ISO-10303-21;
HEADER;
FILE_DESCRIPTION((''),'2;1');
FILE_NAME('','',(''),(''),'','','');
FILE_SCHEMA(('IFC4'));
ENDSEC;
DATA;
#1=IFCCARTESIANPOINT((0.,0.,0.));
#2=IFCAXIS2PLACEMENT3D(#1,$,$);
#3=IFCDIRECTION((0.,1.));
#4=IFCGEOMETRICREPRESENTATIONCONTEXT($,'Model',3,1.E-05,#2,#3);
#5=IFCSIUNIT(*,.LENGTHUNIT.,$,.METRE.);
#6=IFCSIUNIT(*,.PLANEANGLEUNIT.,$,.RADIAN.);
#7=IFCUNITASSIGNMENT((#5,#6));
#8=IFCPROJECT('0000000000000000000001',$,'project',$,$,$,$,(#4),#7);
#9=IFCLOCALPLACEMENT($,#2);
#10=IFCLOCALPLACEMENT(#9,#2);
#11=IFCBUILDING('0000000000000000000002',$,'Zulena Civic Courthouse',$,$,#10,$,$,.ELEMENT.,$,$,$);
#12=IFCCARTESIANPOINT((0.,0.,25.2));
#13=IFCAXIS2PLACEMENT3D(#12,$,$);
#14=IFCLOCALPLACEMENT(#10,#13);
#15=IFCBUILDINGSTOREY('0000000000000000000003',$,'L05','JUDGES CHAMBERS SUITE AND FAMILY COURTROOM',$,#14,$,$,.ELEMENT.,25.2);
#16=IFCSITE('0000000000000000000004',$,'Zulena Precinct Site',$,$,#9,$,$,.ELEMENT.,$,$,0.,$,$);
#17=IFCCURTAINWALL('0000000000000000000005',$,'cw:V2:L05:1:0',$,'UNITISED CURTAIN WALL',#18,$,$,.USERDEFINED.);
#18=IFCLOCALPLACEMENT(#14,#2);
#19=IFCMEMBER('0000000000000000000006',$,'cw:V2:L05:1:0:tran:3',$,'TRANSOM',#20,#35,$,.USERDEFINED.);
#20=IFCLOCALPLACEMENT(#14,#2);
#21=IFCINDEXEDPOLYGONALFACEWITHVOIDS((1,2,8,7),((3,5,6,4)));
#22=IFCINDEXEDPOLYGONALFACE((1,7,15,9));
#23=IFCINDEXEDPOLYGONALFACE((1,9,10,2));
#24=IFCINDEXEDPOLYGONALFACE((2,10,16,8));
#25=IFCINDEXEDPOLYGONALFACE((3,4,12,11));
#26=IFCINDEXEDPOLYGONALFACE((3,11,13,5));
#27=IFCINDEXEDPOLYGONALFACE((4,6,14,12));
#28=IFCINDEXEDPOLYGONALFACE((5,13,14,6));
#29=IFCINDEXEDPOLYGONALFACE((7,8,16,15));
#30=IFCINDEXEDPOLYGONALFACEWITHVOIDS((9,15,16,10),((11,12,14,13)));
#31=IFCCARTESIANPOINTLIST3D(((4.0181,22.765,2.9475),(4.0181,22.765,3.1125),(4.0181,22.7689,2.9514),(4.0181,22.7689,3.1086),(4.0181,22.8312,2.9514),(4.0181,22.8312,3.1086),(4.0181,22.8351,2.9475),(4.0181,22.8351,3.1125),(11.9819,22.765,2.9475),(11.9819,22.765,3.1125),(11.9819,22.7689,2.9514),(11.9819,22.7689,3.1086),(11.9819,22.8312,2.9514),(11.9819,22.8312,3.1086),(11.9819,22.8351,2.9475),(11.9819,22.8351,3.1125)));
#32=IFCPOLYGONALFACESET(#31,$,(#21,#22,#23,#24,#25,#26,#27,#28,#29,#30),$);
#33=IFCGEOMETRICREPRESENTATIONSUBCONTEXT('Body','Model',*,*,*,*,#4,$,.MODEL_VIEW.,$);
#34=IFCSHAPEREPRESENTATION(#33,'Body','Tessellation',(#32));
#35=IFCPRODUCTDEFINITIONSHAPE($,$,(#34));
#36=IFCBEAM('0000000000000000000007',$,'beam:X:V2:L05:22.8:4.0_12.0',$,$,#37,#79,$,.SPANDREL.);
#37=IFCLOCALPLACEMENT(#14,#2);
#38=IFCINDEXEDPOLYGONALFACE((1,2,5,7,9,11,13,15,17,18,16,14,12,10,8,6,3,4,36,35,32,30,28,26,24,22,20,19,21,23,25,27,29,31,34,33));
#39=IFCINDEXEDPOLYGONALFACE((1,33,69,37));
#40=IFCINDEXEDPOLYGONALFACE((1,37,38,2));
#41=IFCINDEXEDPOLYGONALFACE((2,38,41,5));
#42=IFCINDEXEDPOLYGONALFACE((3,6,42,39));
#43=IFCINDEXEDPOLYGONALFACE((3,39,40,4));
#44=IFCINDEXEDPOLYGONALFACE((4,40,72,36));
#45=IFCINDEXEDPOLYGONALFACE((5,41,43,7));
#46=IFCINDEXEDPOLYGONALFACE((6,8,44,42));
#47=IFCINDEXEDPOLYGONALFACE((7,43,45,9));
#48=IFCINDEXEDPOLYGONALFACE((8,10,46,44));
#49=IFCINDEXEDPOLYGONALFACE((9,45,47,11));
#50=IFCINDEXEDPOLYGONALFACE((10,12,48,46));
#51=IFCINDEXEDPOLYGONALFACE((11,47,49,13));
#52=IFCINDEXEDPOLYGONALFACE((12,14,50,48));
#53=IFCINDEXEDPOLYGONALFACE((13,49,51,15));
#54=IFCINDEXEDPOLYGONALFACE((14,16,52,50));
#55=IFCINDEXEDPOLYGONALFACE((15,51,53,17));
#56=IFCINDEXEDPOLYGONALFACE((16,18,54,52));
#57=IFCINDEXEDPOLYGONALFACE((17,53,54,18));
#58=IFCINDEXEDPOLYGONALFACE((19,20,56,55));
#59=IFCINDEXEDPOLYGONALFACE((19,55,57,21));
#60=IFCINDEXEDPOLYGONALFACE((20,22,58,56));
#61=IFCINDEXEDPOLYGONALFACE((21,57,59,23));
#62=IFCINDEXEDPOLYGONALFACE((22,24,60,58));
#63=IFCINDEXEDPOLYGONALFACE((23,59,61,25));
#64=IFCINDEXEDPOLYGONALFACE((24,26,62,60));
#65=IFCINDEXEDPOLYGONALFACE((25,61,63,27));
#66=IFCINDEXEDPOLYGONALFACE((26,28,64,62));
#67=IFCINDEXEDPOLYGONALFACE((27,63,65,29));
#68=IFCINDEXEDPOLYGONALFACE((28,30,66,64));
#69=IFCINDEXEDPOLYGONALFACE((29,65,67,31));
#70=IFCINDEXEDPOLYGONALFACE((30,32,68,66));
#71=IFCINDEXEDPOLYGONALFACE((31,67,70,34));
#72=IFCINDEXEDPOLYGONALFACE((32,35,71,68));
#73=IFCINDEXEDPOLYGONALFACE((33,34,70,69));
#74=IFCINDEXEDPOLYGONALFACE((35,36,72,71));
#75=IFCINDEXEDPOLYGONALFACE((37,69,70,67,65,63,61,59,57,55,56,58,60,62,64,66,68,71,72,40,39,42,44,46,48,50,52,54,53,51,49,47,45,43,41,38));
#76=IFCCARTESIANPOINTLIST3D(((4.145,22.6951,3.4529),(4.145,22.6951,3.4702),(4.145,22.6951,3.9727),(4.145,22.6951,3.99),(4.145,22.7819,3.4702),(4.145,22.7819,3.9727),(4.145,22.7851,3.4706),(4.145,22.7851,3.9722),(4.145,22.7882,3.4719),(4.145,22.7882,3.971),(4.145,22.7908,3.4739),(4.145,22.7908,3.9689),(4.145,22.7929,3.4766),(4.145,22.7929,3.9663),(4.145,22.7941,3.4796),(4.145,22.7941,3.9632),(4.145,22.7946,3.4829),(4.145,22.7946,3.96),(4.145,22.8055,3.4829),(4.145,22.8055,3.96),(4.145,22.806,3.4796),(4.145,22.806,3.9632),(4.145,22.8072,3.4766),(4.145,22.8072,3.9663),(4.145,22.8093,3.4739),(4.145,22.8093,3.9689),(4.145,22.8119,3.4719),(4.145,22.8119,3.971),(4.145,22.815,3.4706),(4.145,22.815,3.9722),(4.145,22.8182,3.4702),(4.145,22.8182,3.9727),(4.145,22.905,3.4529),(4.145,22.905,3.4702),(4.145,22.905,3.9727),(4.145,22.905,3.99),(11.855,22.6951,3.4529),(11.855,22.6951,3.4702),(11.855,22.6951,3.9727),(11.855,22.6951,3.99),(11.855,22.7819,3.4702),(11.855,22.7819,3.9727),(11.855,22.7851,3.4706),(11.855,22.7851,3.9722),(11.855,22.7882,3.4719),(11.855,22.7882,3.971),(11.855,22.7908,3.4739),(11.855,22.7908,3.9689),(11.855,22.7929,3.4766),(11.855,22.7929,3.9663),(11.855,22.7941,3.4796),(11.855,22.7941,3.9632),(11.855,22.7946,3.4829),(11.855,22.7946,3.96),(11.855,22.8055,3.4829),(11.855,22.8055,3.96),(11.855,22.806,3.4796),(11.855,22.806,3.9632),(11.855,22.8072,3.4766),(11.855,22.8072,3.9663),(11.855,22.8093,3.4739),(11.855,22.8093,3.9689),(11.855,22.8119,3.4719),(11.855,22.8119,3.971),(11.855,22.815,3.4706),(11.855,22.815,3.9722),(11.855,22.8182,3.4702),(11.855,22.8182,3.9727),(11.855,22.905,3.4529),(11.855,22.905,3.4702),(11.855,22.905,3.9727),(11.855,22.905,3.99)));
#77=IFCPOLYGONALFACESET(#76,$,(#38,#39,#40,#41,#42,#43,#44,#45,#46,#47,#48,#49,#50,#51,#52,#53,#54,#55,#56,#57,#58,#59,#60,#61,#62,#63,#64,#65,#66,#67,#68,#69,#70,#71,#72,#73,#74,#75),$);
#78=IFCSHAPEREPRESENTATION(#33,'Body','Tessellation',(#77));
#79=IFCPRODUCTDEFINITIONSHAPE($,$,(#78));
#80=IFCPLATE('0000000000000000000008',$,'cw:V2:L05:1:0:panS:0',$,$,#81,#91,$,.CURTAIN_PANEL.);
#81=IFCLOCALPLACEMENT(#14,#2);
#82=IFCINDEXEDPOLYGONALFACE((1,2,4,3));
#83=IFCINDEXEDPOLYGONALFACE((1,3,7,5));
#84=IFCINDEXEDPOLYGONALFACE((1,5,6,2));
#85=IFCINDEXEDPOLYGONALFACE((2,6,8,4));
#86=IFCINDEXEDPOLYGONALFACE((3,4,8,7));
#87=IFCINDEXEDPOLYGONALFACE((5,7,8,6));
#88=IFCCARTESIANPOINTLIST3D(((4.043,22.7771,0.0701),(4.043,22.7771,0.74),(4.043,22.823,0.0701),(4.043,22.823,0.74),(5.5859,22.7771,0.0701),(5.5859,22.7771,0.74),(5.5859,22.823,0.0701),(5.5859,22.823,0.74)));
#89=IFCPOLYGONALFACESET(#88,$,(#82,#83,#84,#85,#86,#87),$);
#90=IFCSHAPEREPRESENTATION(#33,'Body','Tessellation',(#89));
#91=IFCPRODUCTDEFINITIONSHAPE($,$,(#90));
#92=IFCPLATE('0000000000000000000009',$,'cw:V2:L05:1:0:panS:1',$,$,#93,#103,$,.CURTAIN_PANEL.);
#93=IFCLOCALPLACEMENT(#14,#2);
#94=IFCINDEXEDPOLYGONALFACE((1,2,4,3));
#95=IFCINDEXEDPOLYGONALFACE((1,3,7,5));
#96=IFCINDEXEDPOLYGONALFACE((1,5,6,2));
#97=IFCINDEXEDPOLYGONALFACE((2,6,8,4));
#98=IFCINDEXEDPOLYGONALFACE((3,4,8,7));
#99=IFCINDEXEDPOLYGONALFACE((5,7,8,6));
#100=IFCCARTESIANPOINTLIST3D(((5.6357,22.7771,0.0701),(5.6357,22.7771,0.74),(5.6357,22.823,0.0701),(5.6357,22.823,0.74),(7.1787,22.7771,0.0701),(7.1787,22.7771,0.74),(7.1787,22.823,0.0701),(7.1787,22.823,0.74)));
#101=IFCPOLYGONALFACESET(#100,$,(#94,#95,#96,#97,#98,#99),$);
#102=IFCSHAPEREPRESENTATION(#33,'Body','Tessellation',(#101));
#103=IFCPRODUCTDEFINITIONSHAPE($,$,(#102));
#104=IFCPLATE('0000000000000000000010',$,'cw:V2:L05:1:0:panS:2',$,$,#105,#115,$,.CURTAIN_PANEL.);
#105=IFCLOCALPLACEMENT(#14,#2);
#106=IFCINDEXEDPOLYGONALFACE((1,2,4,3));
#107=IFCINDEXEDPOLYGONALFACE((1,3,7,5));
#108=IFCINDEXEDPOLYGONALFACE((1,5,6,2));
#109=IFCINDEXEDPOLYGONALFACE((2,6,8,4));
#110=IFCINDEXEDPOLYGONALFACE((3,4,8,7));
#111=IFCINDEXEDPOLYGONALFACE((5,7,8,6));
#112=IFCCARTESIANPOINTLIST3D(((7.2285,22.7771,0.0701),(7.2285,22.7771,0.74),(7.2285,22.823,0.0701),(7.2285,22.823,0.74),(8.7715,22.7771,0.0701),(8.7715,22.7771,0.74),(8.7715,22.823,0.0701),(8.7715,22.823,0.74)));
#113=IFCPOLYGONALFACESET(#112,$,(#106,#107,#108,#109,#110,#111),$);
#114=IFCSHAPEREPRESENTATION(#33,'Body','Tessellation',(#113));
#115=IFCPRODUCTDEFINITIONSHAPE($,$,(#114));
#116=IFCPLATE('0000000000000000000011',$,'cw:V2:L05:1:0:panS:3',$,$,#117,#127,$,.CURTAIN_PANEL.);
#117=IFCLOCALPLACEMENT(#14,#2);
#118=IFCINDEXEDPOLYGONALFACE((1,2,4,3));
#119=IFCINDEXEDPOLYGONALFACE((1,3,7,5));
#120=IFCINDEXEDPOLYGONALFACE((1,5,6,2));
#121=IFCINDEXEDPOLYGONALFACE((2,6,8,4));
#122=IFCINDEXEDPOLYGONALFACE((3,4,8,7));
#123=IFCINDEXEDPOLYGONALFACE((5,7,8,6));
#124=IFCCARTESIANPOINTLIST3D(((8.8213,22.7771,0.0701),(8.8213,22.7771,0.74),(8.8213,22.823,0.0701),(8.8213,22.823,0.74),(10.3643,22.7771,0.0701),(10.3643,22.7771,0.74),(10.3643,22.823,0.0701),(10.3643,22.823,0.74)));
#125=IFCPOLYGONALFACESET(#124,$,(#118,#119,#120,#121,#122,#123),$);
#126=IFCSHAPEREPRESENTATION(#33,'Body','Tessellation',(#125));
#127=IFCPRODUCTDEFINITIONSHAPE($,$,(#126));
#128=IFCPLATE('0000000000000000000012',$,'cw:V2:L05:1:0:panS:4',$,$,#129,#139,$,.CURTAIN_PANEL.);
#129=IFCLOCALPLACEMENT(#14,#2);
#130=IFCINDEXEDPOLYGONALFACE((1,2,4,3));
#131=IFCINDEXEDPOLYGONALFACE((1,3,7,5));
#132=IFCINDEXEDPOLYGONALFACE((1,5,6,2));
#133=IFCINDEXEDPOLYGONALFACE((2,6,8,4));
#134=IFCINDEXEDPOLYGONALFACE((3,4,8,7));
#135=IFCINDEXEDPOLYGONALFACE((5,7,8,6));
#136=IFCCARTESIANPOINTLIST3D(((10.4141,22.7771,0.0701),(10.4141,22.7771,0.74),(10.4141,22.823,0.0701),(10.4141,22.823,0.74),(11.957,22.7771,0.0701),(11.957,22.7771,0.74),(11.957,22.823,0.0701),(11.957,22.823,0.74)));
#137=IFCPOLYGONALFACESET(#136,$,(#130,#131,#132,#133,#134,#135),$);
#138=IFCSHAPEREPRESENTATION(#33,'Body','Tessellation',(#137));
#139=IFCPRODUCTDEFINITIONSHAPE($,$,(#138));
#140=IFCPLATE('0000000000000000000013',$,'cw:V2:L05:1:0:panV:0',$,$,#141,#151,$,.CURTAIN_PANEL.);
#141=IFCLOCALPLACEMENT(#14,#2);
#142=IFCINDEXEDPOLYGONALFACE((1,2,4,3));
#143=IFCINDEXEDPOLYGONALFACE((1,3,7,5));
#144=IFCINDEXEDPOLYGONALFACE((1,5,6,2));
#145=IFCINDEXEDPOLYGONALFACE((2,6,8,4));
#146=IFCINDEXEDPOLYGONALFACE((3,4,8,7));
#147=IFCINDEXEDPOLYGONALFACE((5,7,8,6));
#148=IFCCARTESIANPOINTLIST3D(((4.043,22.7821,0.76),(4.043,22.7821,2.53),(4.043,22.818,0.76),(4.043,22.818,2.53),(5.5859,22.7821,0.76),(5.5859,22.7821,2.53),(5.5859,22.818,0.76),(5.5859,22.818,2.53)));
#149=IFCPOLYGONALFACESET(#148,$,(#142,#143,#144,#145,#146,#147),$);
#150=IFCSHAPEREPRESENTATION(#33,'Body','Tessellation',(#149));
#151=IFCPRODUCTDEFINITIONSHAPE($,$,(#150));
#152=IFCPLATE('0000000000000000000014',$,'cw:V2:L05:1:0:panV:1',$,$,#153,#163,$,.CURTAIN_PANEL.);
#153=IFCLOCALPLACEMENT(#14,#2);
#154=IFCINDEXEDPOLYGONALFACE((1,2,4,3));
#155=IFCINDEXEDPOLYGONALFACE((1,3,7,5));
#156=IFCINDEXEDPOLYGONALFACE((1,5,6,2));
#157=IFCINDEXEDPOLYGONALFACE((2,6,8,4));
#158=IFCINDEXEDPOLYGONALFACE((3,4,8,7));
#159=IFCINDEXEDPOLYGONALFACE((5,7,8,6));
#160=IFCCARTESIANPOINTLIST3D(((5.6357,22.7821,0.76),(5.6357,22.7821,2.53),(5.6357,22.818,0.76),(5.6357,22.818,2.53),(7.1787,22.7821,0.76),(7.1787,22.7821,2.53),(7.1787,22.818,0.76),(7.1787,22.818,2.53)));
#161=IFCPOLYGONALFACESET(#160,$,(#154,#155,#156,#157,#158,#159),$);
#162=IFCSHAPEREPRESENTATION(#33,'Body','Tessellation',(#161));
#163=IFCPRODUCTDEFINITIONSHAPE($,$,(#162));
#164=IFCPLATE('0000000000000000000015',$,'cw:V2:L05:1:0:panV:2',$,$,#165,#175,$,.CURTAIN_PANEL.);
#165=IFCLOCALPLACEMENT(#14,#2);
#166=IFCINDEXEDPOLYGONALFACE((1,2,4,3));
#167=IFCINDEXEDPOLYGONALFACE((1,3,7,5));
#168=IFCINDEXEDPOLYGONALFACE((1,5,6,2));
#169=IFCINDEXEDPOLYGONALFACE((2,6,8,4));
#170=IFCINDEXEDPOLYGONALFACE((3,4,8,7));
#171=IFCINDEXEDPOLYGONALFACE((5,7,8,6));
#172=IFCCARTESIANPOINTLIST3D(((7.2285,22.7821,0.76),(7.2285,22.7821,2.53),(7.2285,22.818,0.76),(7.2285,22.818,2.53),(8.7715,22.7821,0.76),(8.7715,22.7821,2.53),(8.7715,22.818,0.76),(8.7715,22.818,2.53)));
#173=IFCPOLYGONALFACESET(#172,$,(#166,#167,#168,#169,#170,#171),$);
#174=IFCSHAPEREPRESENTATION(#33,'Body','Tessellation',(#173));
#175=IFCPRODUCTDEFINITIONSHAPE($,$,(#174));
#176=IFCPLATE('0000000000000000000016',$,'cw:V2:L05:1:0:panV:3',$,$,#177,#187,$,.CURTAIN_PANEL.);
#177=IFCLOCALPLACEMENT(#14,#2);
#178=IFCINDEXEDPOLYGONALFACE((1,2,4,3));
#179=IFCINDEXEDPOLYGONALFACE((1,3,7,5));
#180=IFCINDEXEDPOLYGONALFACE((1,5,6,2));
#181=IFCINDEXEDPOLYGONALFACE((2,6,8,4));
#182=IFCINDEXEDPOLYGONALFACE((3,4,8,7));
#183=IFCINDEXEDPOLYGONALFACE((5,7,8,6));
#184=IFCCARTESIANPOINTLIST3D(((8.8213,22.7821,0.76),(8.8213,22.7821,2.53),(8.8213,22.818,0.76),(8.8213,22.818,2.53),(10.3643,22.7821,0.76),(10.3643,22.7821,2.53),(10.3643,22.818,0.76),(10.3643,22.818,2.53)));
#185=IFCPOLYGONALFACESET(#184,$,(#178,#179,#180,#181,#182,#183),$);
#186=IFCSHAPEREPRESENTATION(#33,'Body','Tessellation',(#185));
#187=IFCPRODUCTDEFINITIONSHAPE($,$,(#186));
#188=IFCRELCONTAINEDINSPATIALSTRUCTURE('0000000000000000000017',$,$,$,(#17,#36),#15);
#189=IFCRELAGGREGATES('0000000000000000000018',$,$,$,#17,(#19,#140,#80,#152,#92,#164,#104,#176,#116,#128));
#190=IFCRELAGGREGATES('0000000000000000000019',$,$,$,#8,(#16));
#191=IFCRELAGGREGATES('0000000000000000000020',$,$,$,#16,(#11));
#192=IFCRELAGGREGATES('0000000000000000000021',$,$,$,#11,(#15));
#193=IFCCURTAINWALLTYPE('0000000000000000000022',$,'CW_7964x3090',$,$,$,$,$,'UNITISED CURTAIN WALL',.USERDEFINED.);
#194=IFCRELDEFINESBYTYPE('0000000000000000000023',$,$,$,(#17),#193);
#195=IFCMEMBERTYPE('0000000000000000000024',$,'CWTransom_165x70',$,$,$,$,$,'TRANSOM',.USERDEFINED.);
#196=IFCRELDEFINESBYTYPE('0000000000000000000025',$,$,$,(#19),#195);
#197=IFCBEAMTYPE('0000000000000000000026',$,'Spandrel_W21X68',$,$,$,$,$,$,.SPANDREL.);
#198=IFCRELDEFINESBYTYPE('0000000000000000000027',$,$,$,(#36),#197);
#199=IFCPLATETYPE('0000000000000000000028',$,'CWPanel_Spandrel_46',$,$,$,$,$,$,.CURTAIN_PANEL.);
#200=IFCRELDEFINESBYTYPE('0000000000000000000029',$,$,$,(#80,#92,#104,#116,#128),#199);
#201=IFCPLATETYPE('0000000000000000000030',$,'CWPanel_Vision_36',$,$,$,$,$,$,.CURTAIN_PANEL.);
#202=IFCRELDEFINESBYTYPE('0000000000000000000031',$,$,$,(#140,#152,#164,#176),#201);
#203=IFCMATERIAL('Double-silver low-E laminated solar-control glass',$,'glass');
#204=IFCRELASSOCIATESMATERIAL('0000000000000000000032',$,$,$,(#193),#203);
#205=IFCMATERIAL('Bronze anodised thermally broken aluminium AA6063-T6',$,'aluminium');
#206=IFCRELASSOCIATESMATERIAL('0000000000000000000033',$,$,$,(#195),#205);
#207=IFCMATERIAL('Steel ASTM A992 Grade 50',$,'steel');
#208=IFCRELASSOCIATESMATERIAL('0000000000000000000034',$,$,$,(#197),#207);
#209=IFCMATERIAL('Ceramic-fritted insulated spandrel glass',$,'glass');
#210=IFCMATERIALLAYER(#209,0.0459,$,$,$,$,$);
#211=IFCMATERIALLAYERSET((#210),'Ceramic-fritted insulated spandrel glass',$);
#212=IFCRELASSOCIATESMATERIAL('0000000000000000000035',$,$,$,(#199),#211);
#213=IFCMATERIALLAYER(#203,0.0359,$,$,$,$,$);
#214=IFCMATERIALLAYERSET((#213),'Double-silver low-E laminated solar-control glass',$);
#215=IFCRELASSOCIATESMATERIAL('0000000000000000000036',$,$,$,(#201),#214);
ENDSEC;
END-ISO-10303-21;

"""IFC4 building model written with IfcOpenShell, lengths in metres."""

from ifc_helpers import new_model, si_unit, direction, frame, origin, origin_2d, place, context, subcontext, project, spatial, rectangle, hollow_rectangle, i_section, extrude, material, layer, layer_set, material_profile, profile_set, type_object, element, aggregate, save


model = new_model("IFC4")

# Units and contexts
model_context = context("Model", 3, precision=1e-05, world=origin(), true_north=direction((0.0, 1.0)))
body_context = subcontext(model_context, "Body", "Model", "MODEL_VIEW")
ifc_project = project(units=[si_unit("LENGTHUNIT", "METRE"), si_unit("PLANEANGLEUNIT", "RADIAN")], contexts=[model_context])

# Site, building, storey
site_placement = place(None, origin())
site = spatial("IfcSite", under=ifc_project, at=site_placement, Name="Zulena Precinct Site", CompositionType="ELEMENT", RefElevation=0.0)
building_placement = place(site_placement, origin())
building = spatial("IfcBuilding", under=site, at=building_placement, Name="Zulena Civic Courthouse", CompositionType="ELEMENT")
storey_placement = place(building_placement, frame((0.0, 0.0, 25.2)))
storey = spatial("IfcBuildingStorey", under=building, at=storey_placement, Name="L05", Description="JUDGES CHAMBERS SUITE AND FAMILY COURTROOM", CompositionType="ELEMENT", Elevation=25.2)

# Shared definitions
ifc_material_1 = material(Name="Steel ASTM A992 Grade 50", Category="steel")

# Curtain wall, member
ifc_material_2 = material(Name="Double-silver low-E laminated solar-control glass", Category="glass")
curtain_wall_type = type_object("IfcCurtainWallType", Name="CW_7964x3090", ElementType="UNITISED CURTAIN WALL", PredefinedType="USERDEFINED", material=ifc_material_2)
curtain_wall_placement = place(storey_placement, origin())
curtain_wall = element("IfcCurtainWall", 1, at=curtain_wall_placement, inside=storey, type_object=curtain_wall_type, Name="cw:V2:L05:1:0", ObjectType="UNITISED CURTAIN WALL", PredefinedType="USERDEFINED")
ifc_material_3 = material(Name="Bronze anodised thermally broken aluminium AA6063-T6", Category="aluminium")
ifc_material_profile_1 = material_profile(ifc_material_3, hollow_rectangle(XDim=0.0701, YDim=0.165, WallThickness=0.0039, at=origin_2d()), Name="CWT165X70X4")
ifc_profile_set_1 = profile_set([ifc_material_profile_1], Name="Bronze anodised thermally broken aluminium AA6063-T6")
member_type_1 = type_object("IfcMemberType", Name="CWTransom_165x70", ElementType="TRANSOM", PredefinedType="USERDEFINED", material=ifc_profile_set_1)
member_1_placement = place(storey_placement, frame((4.0181, 22.8, 3.03), z_axis=(1.0, 0.0, 0.0), x_axis=(0.0, 1.0, 0.0)))
member_1 = element("IfcMember", 2, at=member_1_placement, type_object=member_type_1, Name="cw:V2:L05:1:0:tran:3", ObjectType="TRANSOM", PredefinedType="USERDEFINED", context=body_context, shape_type="SweptSolid", body=[
    extrude(hollow_rectangle(XDim=0.0701, YDim=0.165, WallThickness=0.0039, at=origin_2d()), origin(), (0.0, 0.0, 1.0), 7.9639),
])

# Beam
ifc_material_profile_2 = material_profile(ifc_material_1, i_section(OverallWidth=0.21, OverallDepth=0.5371, WebThickness=0.011, FlangeThickness=0.0173, FilletRadius=0.0127, at=origin_2d()), Name="W21X68")
ifc_profile_set_2 = profile_set([ifc_material_profile_2], Name="Steel ASTM A992 Grade 50")
beam_type = type_object("IfcBeamType", Name="Spandrel_W21X68", PredefinedType="SPANDREL", material=ifc_profile_set_2)
beam_placement = place(storey_placement, frame((4.145, 22.8, 3.7214), z_axis=(1.0, 0.0, 0.0), x_axis=(0.0, 1.0, 0.0)))
element("IfcBeam", 3, at=beam_placement, inside=storey, type_object=beam_type, Name="beam:X:V2:L05:22.8:4.0_12.0", PredefinedType="SPANDREL", context=body_context, shape_type="SweptSolid", body=[
    extrude(i_section(OverallWidth=0.21, OverallDepth=0.5371, WebThickness=0.011, FlangeThickness=0.0173, FilletRadius=0.0127, at=origin_2d()), origin(), (0.0, 0.0, 1.0), 7.71),
])

# Plates
ifc_material_4 = material(Name="Ceramic-fritted insulated spandrel glass", Category="glass")
ifc_layer_1 = layer(ifc_material_4, 0.0459)
ifc_layer_set_1 = layer_set([ifc_layer_1], Name="Ceramic-fritted insulated spandrel glass")
plate_type_1 = type_object("IfcPlateType", Name="CWPanel_Spandrel_46", PredefinedType="CURTAIN_PANEL", material=ifc_layer_set_1)
plate_1_placement = place(storey_placement, frame((4.8145, 22.8, 0.0701), z_axis=(0.0, 0.0, 1.0), x_axis=(1.0, 0.0, 0.0)))
plate_1 = element("IfcPlate", 4, at=plate_1_placement, type_object=plate_type_1, Name="cw:V2:L05:1:0:panS:0", PredefinedType="CURTAIN_PANEL", context=body_context, shape_type="SweptSolid", body=[
    extrude(rectangle(XDim=1.543, YDim=0.0459, at=origin_2d()), origin(), (0.0, 0.0, 1.0), 0.6699),
])
plate_2_placement = place(storey_placement, frame((6.4072, 22.8, 0.0701), z_axis=(0.0, 0.0, 1.0), x_axis=(1.0, 0.0, 0.0)))
plate_2 = element("IfcPlate", 5, at=plate_2_placement, type_object=plate_type_1, Name="cw:V2:L05:1:0:panS:1", PredefinedType="CURTAIN_PANEL", context=body_context, shape_type="SweptSolid", body=[
    extrude(rectangle(XDim=1.543, YDim=0.0459, at=origin_2d()), origin(), (0.0, 0.0, 1.0), 0.6699),
])
plate_3_placement = place(storey_placement, frame((8.0, 22.8, 0.0701), z_axis=(0.0, 0.0, 1.0), x_axis=(1.0, 0.0, 0.0)))
plate_3 = element("IfcPlate", 6, at=plate_3_placement, type_object=plate_type_1, Name="cw:V2:L05:1:0:panS:2", PredefinedType="CURTAIN_PANEL", context=body_context, shape_type="SweptSolid", body=[
    extrude(rectangle(XDim=1.543, YDim=0.0459, at=origin_2d()), origin(), (0.0, 0.0, 1.0), 0.6699),
])
plate_4_placement = place(storey_placement, frame((9.5928, 22.8, 0.0701), z_axis=(0.0, 0.0, 1.0), x_axis=(1.0, 0.0, 0.0)))
plate_4 = element("IfcPlate", 7, at=plate_4_placement, type_object=plate_type_1, Name="cw:V2:L05:1:0:panS:3", PredefinedType="CURTAIN_PANEL", context=body_context, shape_type="SweptSolid", body=[
    extrude(rectangle(XDim=1.543, YDim=0.0459, at=origin_2d()), origin(), (0.0, 0.0, 1.0), 0.6699),
])
plate_5_placement = place(storey_placement, frame((11.1855, 22.8, 0.0701), z_axis=(0.0, 0.0, 1.0), x_axis=(1.0, 0.0, 0.0)))
plate_5 = element("IfcPlate", 8, at=plate_5_placement, type_object=plate_type_1, Name="cw:V2:L05:1:0:panS:4", PredefinedType="CURTAIN_PANEL", context=body_context, shape_type="SweptSolid", body=[
    extrude(rectangle(XDim=1.543, YDim=0.0459, at=origin_2d()), origin(), (0.0, 0.0, 1.0), 0.6699),
])
ifc_layer_2 = layer(ifc_material_2, 0.0359)
ifc_layer_set_2 = layer_set([ifc_layer_2], Name="Double-silver low-E laminated solar-control glass")
plate_type_2 = type_object("IfcPlateType", Name="CWPanel_Vision_36", PredefinedType="CURTAIN_PANEL", material=ifc_layer_set_2)
plate_6_placement = place(storey_placement, frame((4.8145, 22.8, 0.76), z_axis=(0.0, 0.0, 1.0), x_axis=(1.0, 0.0, 0.0)))
plate_6 = element("IfcPlate", 9, at=plate_6_placement, type_object=plate_type_2, Name="cw:V2:L05:1:0:panV:0", PredefinedType="CURTAIN_PANEL", context=body_context, shape_type="SweptSolid", body=[
    extrude(rectangle(XDim=1.543, YDim=0.0359, at=origin_2d()), origin(), (0.0, 0.0, 1.0), 1.77),
])
plate_7_placement = place(storey_placement, frame((6.4072, 22.8, 0.76), z_axis=(0.0, 0.0, 1.0), x_axis=(1.0, 0.0, 0.0)))
plate_7 = element("IfcPlate", 10, at=plate_7_placement, type_object=plate_type_2, Name="cw:V2:L05:1:0:panV:1", PredefinedType="CURTAIN_PANEL", context=body_context, shape_type="SweptSolid", body=[
    extrude(rectangle(XDim=1.543, YDim=0.0359, at=origin_2d()), origin(), (0.0, 0.0, 1.0), 1.77),
])
plate_8_placement = place(storey_placement, frame((8.0, 22.8, 0.76), z_axis=(0.0, 0.0, 1.0), x_axis=(1.0, 0.0, 0.0)))
plate_8 = element("IfcPlate", 11, at=plate_8_placement, type_object=plate_type_2, Name="cw:V2:L05:1:0:panV:2", PredefinedType="CURTAIN_PANEL", context=body_context, shape_type="SweptSolid", body=[
    extrude(rectangle(XDim=1.543, YDim=0.0359, at=origin_2d()), origin(), (0.0, 0.0, 1.0), 1.77),
])
plate_9_placement = place(storey_placement, frame((9.5928, 22.8, 0.76), z_axis=(0.0, 0.0, 1.0), x_axis=(1.0, 0.0, 0.0)))
plate_9 = element("IfcPlate", 12, at=plate_9_placement, type_object=plate_type_2, Name="cw:V2:L05:1:0:panV:3", PredefinedType="CURTAIN_PANEL", context=body_context, shape_type="SweptSolid", body=[
    extrude(rectangle(XDim=1.543, YDim=0.0359, at=origin_2d()), origin(), (0.0, 0.0, 1.0), 1.77),
])
aggregate(curtain_wall, [member_1, plate_6, plate_1, plate_7, plate_2, plate_8, plate_3, plate_9, plate_4, plate_5])

save(model, "model.ifc")
